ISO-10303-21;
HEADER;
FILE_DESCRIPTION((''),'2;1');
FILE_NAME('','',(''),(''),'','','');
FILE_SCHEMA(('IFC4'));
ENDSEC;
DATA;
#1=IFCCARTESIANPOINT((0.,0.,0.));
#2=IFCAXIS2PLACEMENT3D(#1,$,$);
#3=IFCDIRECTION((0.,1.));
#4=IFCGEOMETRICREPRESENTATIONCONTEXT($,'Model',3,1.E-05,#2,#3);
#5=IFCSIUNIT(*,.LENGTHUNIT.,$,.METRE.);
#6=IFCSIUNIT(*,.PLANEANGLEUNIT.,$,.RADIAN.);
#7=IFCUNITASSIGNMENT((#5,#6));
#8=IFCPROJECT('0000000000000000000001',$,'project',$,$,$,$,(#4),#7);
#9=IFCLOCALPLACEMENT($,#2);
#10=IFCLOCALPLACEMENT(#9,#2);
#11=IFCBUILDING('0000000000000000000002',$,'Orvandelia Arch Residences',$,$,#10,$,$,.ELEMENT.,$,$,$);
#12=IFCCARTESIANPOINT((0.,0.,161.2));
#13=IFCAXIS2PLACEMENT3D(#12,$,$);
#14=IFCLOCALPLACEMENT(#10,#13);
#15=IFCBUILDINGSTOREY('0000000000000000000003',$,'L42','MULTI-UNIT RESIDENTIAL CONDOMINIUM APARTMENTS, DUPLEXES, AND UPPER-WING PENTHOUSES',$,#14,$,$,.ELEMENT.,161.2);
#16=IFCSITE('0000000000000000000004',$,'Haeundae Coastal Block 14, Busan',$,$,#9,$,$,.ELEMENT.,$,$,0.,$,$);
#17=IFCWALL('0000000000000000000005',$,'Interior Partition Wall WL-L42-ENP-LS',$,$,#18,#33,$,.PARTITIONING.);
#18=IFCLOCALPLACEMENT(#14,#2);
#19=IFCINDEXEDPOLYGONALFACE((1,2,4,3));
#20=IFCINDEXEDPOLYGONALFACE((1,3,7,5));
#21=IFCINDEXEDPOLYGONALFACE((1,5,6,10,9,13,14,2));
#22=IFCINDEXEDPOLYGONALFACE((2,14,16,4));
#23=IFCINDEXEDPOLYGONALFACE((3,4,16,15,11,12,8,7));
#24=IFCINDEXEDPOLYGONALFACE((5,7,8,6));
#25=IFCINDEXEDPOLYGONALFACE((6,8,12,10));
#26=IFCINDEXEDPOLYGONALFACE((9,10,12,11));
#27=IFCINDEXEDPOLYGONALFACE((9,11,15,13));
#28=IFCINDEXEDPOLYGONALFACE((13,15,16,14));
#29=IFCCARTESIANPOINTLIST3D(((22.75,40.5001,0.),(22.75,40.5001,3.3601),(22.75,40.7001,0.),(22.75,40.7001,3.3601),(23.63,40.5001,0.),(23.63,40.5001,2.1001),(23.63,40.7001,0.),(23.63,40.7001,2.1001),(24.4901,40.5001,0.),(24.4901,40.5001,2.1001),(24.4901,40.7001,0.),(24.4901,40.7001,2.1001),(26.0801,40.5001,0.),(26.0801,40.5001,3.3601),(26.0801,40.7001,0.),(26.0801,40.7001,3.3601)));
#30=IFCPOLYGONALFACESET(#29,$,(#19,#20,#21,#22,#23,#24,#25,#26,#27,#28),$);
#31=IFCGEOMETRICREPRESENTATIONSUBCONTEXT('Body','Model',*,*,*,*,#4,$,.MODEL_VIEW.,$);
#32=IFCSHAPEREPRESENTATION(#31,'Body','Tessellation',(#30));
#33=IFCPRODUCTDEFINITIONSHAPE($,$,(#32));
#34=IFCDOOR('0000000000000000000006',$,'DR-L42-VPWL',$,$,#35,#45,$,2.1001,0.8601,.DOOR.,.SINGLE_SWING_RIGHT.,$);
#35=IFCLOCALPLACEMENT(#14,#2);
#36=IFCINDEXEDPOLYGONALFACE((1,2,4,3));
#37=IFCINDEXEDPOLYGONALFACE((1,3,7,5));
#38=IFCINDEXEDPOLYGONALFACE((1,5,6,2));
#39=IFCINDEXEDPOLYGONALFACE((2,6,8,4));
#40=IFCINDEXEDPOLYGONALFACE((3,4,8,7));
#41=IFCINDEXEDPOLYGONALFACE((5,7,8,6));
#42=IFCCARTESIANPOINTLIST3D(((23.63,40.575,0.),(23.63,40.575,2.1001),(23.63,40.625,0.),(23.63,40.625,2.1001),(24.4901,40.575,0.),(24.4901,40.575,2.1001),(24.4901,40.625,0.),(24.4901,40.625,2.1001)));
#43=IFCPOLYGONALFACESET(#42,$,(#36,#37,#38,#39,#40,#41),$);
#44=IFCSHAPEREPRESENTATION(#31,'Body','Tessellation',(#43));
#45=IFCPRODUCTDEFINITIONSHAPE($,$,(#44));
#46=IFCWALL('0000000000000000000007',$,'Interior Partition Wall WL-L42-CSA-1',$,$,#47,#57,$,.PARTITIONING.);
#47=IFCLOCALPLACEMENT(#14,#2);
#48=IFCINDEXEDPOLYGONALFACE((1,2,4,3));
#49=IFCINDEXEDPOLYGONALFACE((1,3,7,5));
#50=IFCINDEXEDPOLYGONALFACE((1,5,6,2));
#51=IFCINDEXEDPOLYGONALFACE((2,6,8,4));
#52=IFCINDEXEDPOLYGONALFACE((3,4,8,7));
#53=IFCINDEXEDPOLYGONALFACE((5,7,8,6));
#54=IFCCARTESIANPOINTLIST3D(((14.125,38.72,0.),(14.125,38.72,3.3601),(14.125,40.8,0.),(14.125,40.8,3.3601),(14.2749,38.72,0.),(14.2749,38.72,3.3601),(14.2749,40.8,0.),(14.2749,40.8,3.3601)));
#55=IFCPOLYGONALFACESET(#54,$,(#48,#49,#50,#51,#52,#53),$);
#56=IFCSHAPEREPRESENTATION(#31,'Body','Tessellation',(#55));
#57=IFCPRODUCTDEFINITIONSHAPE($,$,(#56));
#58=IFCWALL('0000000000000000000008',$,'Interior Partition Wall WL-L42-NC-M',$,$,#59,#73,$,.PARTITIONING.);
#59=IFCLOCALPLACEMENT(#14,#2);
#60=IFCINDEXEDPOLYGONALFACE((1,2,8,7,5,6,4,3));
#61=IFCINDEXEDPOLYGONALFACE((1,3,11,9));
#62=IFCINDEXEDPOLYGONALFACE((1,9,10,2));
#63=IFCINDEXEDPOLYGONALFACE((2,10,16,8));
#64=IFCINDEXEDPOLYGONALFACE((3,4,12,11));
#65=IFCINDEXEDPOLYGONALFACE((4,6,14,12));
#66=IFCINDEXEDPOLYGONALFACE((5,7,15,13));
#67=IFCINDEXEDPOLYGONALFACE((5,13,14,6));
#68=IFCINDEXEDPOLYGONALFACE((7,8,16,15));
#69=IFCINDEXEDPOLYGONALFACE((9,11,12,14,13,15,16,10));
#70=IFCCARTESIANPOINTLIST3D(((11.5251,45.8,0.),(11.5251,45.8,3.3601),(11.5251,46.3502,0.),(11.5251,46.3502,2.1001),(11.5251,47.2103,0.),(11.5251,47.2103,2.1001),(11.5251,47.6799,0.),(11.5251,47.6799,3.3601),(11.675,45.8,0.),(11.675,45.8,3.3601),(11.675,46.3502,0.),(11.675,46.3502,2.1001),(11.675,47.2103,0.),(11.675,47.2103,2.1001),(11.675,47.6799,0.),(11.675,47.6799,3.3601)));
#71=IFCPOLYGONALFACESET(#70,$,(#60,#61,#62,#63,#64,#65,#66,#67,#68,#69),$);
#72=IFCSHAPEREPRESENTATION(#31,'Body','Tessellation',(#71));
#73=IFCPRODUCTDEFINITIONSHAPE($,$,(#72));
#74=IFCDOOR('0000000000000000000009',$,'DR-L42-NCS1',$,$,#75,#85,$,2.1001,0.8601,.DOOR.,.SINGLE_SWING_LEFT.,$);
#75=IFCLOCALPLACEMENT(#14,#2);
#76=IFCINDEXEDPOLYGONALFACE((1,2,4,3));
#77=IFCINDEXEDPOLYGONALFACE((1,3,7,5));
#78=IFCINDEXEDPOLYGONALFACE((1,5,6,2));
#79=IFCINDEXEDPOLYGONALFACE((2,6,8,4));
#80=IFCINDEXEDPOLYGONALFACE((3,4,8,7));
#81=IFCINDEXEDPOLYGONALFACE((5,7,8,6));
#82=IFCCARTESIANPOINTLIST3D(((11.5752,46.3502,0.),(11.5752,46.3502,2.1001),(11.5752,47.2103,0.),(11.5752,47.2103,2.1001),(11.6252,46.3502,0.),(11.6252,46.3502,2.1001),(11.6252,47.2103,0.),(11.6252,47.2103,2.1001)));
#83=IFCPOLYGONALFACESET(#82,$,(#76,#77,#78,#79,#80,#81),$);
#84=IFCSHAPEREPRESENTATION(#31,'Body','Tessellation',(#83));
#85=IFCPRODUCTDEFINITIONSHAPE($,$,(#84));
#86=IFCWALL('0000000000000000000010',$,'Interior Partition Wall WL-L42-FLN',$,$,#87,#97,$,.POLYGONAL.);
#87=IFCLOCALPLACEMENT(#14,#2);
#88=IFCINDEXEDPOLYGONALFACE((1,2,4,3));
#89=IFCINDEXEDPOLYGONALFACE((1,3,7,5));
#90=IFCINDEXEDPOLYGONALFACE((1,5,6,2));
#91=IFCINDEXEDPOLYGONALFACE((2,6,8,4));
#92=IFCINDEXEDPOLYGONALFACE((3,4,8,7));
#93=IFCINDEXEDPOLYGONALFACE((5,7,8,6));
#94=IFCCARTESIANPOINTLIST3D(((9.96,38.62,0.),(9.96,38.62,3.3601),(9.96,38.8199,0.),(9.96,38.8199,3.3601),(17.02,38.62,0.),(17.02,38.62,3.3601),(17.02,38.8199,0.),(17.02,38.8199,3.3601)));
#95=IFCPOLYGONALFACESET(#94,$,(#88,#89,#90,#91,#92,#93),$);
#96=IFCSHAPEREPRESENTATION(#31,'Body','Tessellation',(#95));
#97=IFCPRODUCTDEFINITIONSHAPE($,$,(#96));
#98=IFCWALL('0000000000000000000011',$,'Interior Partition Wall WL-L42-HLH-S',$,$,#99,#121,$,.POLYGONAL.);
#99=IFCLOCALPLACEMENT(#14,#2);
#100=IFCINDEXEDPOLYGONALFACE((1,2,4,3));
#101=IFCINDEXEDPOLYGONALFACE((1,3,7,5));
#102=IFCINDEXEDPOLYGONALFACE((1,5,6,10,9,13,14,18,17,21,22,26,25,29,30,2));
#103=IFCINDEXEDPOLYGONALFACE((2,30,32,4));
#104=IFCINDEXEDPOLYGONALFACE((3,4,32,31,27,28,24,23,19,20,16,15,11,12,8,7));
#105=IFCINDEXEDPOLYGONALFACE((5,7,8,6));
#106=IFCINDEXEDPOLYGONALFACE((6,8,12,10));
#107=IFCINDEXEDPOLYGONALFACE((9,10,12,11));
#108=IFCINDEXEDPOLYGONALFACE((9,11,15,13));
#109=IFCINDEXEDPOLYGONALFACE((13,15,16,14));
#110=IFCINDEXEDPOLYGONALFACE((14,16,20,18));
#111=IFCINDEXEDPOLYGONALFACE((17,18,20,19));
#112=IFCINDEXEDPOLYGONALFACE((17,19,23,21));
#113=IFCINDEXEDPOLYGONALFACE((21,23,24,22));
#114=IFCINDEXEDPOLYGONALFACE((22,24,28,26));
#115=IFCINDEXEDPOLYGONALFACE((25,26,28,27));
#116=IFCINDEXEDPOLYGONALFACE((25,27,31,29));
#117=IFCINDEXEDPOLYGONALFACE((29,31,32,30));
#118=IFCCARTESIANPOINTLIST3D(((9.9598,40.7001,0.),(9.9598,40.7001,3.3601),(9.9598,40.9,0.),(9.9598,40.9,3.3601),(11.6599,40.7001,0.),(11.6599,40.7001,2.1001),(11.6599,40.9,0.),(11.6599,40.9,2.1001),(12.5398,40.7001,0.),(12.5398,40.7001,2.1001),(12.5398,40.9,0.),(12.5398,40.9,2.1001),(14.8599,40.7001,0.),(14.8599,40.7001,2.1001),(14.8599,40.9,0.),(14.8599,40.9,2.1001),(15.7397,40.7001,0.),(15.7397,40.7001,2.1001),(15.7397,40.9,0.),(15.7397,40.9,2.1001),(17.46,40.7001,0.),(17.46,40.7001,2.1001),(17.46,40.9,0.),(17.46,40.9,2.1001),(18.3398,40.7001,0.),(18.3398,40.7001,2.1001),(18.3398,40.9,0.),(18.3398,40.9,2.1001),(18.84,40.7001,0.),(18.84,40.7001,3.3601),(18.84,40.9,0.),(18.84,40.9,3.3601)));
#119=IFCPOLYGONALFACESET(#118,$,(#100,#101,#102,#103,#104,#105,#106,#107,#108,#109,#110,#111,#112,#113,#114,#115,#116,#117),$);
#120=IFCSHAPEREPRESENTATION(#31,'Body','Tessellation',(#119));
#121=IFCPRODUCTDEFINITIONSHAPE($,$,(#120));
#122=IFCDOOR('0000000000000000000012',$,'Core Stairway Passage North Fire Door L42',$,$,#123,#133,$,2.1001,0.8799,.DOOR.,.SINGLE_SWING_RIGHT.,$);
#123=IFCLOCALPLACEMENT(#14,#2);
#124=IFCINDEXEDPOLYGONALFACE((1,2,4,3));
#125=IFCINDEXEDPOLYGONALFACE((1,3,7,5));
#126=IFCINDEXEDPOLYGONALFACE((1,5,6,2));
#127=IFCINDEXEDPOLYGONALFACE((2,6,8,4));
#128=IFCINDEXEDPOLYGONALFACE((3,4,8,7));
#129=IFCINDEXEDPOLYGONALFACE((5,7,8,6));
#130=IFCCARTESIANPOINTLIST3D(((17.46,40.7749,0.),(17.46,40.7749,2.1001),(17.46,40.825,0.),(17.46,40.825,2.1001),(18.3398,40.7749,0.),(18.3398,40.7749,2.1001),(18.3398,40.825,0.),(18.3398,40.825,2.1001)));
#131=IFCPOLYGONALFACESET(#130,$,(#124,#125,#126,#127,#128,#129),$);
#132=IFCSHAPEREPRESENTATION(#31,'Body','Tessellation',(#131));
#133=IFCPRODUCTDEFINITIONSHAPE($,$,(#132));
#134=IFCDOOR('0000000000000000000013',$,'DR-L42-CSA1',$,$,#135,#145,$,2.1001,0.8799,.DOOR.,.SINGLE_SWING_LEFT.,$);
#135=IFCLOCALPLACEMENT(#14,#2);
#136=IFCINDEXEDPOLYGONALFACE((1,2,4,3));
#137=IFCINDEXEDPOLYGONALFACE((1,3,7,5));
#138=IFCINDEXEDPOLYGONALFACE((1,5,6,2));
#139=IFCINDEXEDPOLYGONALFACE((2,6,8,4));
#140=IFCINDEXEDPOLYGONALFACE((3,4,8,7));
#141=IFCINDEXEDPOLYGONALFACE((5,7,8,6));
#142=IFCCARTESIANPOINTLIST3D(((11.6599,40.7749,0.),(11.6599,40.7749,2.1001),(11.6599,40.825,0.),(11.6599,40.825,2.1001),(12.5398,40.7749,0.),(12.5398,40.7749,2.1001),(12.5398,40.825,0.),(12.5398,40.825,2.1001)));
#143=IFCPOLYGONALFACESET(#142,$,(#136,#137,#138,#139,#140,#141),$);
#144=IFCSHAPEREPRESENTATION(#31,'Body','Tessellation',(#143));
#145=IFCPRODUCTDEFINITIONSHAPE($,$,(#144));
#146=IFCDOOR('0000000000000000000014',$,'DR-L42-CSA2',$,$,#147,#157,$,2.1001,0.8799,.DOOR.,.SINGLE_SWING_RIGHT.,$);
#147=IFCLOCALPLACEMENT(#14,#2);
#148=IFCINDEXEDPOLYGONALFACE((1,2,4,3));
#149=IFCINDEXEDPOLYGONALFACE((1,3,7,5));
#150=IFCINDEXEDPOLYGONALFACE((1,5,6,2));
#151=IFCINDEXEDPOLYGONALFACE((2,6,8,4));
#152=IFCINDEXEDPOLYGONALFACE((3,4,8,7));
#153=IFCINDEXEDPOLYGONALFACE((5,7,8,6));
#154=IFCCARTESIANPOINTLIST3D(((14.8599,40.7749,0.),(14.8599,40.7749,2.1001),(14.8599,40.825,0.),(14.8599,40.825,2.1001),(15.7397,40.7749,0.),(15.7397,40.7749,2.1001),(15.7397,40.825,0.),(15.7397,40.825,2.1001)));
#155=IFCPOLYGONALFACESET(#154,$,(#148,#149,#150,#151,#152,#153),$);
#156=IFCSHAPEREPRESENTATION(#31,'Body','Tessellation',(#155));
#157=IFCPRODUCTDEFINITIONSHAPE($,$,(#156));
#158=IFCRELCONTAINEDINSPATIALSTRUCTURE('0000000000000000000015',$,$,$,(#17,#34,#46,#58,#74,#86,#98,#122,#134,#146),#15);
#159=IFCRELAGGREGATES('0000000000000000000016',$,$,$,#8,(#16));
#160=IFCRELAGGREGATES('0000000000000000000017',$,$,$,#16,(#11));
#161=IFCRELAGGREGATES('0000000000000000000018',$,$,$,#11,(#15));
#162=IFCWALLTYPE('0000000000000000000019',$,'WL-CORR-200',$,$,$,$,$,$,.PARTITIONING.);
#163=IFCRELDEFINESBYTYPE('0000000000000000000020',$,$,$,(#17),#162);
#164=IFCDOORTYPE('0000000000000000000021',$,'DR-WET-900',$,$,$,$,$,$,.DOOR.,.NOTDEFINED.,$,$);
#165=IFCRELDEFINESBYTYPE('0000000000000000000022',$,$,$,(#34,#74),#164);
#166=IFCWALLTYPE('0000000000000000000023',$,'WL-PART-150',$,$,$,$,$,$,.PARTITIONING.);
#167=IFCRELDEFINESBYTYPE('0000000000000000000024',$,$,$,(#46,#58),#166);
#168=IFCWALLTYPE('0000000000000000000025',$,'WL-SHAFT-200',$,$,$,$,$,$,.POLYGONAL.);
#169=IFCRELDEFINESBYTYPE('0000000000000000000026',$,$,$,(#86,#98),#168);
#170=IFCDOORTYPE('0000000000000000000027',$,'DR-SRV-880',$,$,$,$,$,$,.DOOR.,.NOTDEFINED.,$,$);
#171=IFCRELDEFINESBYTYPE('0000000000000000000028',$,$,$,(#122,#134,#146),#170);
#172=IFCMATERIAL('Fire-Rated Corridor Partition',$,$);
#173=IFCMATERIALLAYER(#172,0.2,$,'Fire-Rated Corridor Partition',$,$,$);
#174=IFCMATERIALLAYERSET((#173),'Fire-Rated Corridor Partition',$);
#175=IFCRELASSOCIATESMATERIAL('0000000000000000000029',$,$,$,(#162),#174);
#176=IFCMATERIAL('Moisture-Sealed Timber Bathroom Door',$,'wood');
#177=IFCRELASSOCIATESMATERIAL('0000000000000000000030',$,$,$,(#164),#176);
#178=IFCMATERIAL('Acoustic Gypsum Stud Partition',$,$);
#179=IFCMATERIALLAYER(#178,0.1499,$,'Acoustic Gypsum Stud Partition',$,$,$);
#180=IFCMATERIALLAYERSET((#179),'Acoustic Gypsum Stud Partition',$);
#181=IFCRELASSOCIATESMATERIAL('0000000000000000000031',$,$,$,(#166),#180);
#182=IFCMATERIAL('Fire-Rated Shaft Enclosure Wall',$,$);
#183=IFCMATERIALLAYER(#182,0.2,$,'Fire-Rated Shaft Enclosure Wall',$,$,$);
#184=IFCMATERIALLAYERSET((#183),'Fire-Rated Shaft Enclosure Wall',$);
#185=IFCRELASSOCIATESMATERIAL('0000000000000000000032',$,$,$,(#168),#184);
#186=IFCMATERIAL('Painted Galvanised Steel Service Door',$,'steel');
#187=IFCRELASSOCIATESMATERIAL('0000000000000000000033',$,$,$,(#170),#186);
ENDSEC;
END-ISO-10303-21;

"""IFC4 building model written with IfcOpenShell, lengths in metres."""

from ifc_helpers import new_model, si_unit, direction, frame, frame_2d, origin, place, context, subcontext, project, spatial, rectangle, extrude, material, layer, layer_set, type_object, element, fill, save


model = new_model("IFC4")

# Units and contexts
model_context = context("Model", 3, precision=1e-05, world=origin(), true_north=direction((0.0, 1.0)))
body_context = subcontext(model_context, "Body", "Model", "MODEL_VIEW")
ifc_project = project(units=[si_unit("LENGTHUNIT", "METRE"), si_unit("PLANEANGLEUNIT", "RADIAN")], contexts=[model_context])

# Site, building, storey
site_placement = place(None, origin())
site = spatial("IfcSite", under=ifc_project, at=site_placement, Name="Haeundae Coastal Block 14, Busan", CompositionType="ELEMENT", RefElevation=0.0)
building_placement = place(site_placement, origin())
building = spatial("IfcBuilding", under=site, at=building_placement, Name="Orvandelia Arch Residences", CompositionType="ELEMENT")
storey_placement = place(building_placement, frame((0.0, 0.0, 161.2)))
storey = spatial("IfcBuildingStorey", under=building, at=storey_placement, Name="L42", Description="MULTI-UNIT RESIDENTIAL CONDOMINIUM APARTMENTS, DUPLEXES, AND UPPER-WING PENTHOUSES", CompositionType="ELEMENT", Elevation=161.2)

# Shared definitions
ifc_material_1 = material(Name="Fire-Rated Corridor Partition")
ifc_layer_1 = layer(ifc_material_1, 0.2, Name="Fire-Rated Corridor Partition")
ifc_layer_set_1 = layer_set([ifc_layer_1], Name="Fire-Rated Corridor Partition")
wall_type_1 = type_object("IfcWallType", Name="WL-CORR-200", PredefinedType="PARTITIONING", material=ifc_layer_set_1)

# Wall, opening, door
wall_1_placement = place(storey_placement, frame((22.75, 40.6001, 0.0), z_axis=(0.0, 0.0, 1.0), x_axis=(1.0, 0.0, 0.0)))
wall_1 = element("IfcWall", 1, at=wall_1_placement, inside=storey, type_object=wall_type_1, Name="Interior Partition Wall WL-L42-ENP-LS", PredefinedType="PARTITIONING", context=body_context, shape_type="SweptSolid", body=[
    extrude(rectangle(XDim=3.3301, YDim=0.2, at=frame_2d((1.665, 0.0))), origin(), (0.0, 0.0, 1.0), 3.3601),
])
opening_1_placement = place(wall_1_placement, frame((0.8799, 0.0, 0.0)))
opening_1 = element("IfcOpeningElement", 2, at=opening_1_placement, cuts=wall_1, PredefinedType="OPENING", context=body_context, shape_type="SweptSolid", body=[
    extrude(rectangle(XDim=0.8601, YDim=2.1001, at=frame_2d((0.4302, 1.05))), frame((0.0, 0.1099, 0.0), z_axis=(0.0, -1.0, 0.0), x_axis=(1.0, 0.0, 0.0)), (0.0, 0.0, 1.0), 0.22),
])
ifc_material_2 = material(Name="Moisture-Sealed Timber Bathroom Door", Category="wood")
door_type_1 = type_object("IfcDoorType", Name="DR-WET-900", OperationType="NOTDEFINED", PredefinedType="DOOR", material=ifc_material_2)
door_1_placement = place(opening_1_placement, origin())
door_1 = element("IfcDoor", 3, at=door_1_placement, inside=storey, type_object=door_type_1, Name="DR-L42-VPWL", OperationType="SINGLE_SWING_RIGHT", OverallHeight=2.1001, OverallWidth=0.8601, PredefinedType="DOOR", context=body_context, shape_type="SweptSolid", body=[
    extrude(rectangle(XDim=0.8601, YDim=2.1001, at=frame_2d((0.4302, 1.05))), frame((0.0, 0.0249, 0.0), z_axis=(0.0, -1.0, 0.0), x_axis=(1.0, 0.0, 0.0)), (0.0, 0.0, 1.0), 0.05),
])
fill(opening_1, door_1)

# Wall
ifc_material_3 = material(Name="Acoustic Gypsum Stud Partition")
ifc_layer_2 = layer(ifc_material_3, 0.1499, Name="Acoustic Gypsum Stud Partition")
ifc_layer_set_2 = layer_set([ifc_layer_2], Name="Acoustic Gypsum Stud Partition")
wall_type_2 = type_object("IfcWallType", Name="WL-PART-150", PredefinedType="PARTITIONING", material=ifc_layer_set_2)
wall_2_placement = place(storey_placement, frame((14.2, 38.72, 0.0), z_axis=(0.0, 0.0, 1.0), x_axis=(0.0, 1.0, 0.0)))
element("IfcWall", 4, at=wall_2_placement, inside=storey, type_object=wall_type_2, Name="Interior Partition Wall WL-L42-CSA-1", PredefinedType="PARTITIONING", context=body_context, shape_type="SweptSolid", body=[
    extrude(rectangle(XDim=2.0801, YDim=0.1499, at=frame_2d((1.04, 0.0))), origin(), (0.0, 0.0, 1.0), 3.3601),
])

# Wall, opening, door
wall_3_placement = place(storey_placement, frame((11.6001, 45.8, 0.0), z_axis=(0.0, 0.0, 1.0), x_axis=(0.0, 1.0, 0.0)))
wall_3 = element("IfcWall", 5, at=wall_3_placement, inside=storey, type_object=wall_type_2, Name="Interior Partition Wall WL-L42-NC-M", PredefinedType="PARTITIONING", context=body_context, shape_type="SweptSolid", body=[
    extrude(rectangle(XDim=1.8799, YDim=0.1499, at=frame_2d((0.9399, 0.0))), origin(), (0.0, 0.0, 1.0), 3.3601),
])
opening_2_placement = place(wall_3_placement, frame((0.55, 0.0, 0.0)))
opening_2 = element("IfcOpeningElement", 6, at=opening_2_placement, cuts=wall_3, PredefinedType="OPENING", context=body_context, shape_type="SweptSolid", body=[
    extrude(rectangle(XDim=0.8601, YDim=2.1001, at=frame_2d((0.4302, 1.05))), frame((0.0, 0.085, 0.0), z_axis=(0.0, -1.0, 0.0), x_axis=(1.0, 0.0, 0.0)), (0.0, 0.0, 1.0), 0.1699),
])
door_2_placement = place(opening_2_placement, origin())
door_2 = element("IfcDoor", 7, at=door_2_placement, inside=storey, type_object=door_type_1, Name="DR-L42-NCS1", OperationType="SINGLE_SWING_LEFT", OverallHeight=2.1001, OverallWidth=0.8601, PredefinedType="DOOR", context=body_context, shape_type="SweptSolid", body=[
    extrude(rectangle(XDim=0.8601, YDim=2.1001, at=frame_2d((0.4302, 1.05))), frame((0.0, 0.0249, 0.0), z_axis=(0.0, -1.0, 0.0), x_axis=(1.0, 0.0, 0.0)), (0.0, 0.0, 1.0), 0.05),
])
fill(opening_2, door_2)

# Wall
ifc_material_4 = material(Name="Fire-Rated Shaft Enclosure Wall")
ifc_layer_3 = layer(ifc_material_4, 0.2, Name="Fire-Rated Shaft Enclosure Wall")
ifc_layer_set_3 = layer_set([ifc_layer_3], Name="Fire-Rated Shaft Enclosure Wall")
wall_type_3 = type_object("IfcWallType", Name="WL-SHAFT-200", PredefinedType="POLYGONAL", material=ifc_layer_set_3)
wall_4_placement = place(storey_placement, frame((9.96, 38.72, 0.0), z_axis=(0.0, 0.0, 1.0), x_axis=(1.0, 0.0, 0.0)))
element("IfcWall", 8, at=wall_4_placement, inside=storey, type_object=wall_type_3, Name="Interior Partition Wall WL-L42-FLN", PredefinedType="POLYGONAL", context=body_context, shape_type="SweptSolid", body=[
    extrude(rectangle(XDim=7.0601, YDim=0.2, at=frame_2d((3.53, 0.0))), origin(), (0.0, 0.0, 1.0), 3.3601),
])

# Wall, openings, doors
wall_5_placement = place(storey_placement, frame((9.96, 40.8, 0.0), z_axis=(0.0, 0.0, 1.0), x_axis=(1.0, 0.0, 0.0)))
wall_5 = element("IfcWall", 9, at=wall_5_placement, inside=storey, type_object=wall_type_3, Name="Interior Partition Wall WL-L42-HLH-S", PredefinedType="POLYGONAL", context=body_context, shape_type="SweptSolid", body=[
    extrude(rectangle(XDim=8.8801, YDim=0.2, at=frame_2d((4.4399, 0.0))), origin(), (0.0, 0.0, 1.0), 3.3601),
])
opening_3_placement = place(wall_5_placement, frame((7.5, 0.0, 0.0)))
opening_3 = element("IfcOpeningElement", 10, at=opening_3_placement, cuts=wall_5, PredefinedType="OPENING", context=body_context, shape_type="SweptSolid", body=[
    extrude(rectangle(XDim=0.8799, YDim=2.1001, at=frame_2d((0.4399, 1.05))), frame((0.0, 0.1099, 0.0), z_axis=(0.0, -1.0, 0.0), x_axis=(1.0, 0.0, 0.0)), (0.0, 0.0, 1.0), 0.22),
])
opening_4_placement = place(wall_5_placement, frame((1.7, 0.0, 0.0)))
opening_4 = element("IfcOpeningElement", 11, at=opening_4_placement, cuts=wall_5, PredefinedType="OPENING", context=body_context, shape_type="SweptSolid", body=[
    extrude(rectangle(XDim=0.8799, YDim=2.1001, at=frame_2d((0.4399, 1.05))), frame((0.0, 0.1099, 0.0), z_axis=(0.0, -1.0, 0.0), x_axis=(1.0, 0.0, 0.0)), (0.0, 0.0, 1.0), 0.22),
])
opening_5_placement = place(wall_5_placement, frame((4.8999, 0.0, 0.0)))
opening_5 = element("IfcOpeningElement", 12, at=opening_5_placement, cuts=wall_5, PredefinedType="OPENING", context=body_context, shape_type="SweptSolid", body=[
    extrude(rectangle(XDim=0.8799, YDim=2.1001, at=frame_2d((0.4399, 1.05))), frame((0.0, 0.1099, 0.0), z_axis=(0.0, -1.0, 0.0), x_axis=(1.0, 0.0, 0.0)), (0.0, 0.0, 1.0), 0.22),
])
ifc_material_5 = material(Name="Painted Galvanised Steel Service Door", Category="steel")
door_type_2 = type_object("IfcDoorType", Name="DR-SRV-880", OperationType="NOTDEFINED", PredefinedType="DOOR", material=ifc_material_5)
door_3_placement = place(opening_3_placement, origin())
door_3 = element("IfcDoor", 13, at=door_3_placement, inside=storey, type_object=door_type_2, Name="Core Stairway Passage North Fire Door L42", OperationType="SINGLE_SWING_RIGHT", OverallHeight=2.1001, OverallWidth=0.8799, PredefinedType="DOOR", context=body_context, shape_type="SweptSolid", body=[
    extrude(rectangle(XDim=0.8799, YDim=2.1001, at=frame_2d((0.4399, 1.05))), frame((0.0, 0.0249, 0.0), z_axis=(0.0, -1.0, 0.0), x_axis=(1.0, 0.0, 0.0)), (0.0, 0.0, 1.0), 0.05),
])
fill(opening_3, door_3)
door_4_placement = place(opening_4_placement, origin())
door_4 = element("IfcDoor", 14, at=door_4_placement, inside=storey, type_object=door_type_2, Name="DR-L42-CSA1", OperationType="SINGLE_SWING_LEFT", OverallHeight=2.1001, OverallWidth=0.8799, PredefinedType="DOOR", context=body_context, shape_type="SweptSolid", body=[
    extrude(rectangle(XDim=0.8799, YDim=2.1001, at=frame_2d((0.4399, 1.05))), frame((0.0, 0.0249, 0.0), z_axis=(0.0, -1.0, 0.0), x_axis=(1.0, 0.0, 0.0)), (0.0, 0.0, 1.0), 0.05),
])
fill(opening_4, door_4)
door_5_placement = place(opening_5_placement, origin())
door_5 = element("IfcDoor", 15, at=door_5_placement, inside=storey, type_object=door_type_2, Name="DR-L42-CSA2", OperationType="SINGLE_SWING_RIGHT", OverallHeight=2.1001, OverallWidth=0.8799, PredefinedType="DOOR", context=body_context, shape_type="SweptSolid", body=[
    extrude(rectangle(XDim=0.8799, YDim=2.1001, at=frame_2d((0.4399, 1.05))), frame((0.0, 0.0249, 0.0), z_axis=(0.0, -1.0, 0.0), x_axis=(1.0, 0.0, 0.0)), (0.0, 0.0, 1.0), 0.05),
])
fill(opening_5, door_5)

save(model, "model.ifc")
